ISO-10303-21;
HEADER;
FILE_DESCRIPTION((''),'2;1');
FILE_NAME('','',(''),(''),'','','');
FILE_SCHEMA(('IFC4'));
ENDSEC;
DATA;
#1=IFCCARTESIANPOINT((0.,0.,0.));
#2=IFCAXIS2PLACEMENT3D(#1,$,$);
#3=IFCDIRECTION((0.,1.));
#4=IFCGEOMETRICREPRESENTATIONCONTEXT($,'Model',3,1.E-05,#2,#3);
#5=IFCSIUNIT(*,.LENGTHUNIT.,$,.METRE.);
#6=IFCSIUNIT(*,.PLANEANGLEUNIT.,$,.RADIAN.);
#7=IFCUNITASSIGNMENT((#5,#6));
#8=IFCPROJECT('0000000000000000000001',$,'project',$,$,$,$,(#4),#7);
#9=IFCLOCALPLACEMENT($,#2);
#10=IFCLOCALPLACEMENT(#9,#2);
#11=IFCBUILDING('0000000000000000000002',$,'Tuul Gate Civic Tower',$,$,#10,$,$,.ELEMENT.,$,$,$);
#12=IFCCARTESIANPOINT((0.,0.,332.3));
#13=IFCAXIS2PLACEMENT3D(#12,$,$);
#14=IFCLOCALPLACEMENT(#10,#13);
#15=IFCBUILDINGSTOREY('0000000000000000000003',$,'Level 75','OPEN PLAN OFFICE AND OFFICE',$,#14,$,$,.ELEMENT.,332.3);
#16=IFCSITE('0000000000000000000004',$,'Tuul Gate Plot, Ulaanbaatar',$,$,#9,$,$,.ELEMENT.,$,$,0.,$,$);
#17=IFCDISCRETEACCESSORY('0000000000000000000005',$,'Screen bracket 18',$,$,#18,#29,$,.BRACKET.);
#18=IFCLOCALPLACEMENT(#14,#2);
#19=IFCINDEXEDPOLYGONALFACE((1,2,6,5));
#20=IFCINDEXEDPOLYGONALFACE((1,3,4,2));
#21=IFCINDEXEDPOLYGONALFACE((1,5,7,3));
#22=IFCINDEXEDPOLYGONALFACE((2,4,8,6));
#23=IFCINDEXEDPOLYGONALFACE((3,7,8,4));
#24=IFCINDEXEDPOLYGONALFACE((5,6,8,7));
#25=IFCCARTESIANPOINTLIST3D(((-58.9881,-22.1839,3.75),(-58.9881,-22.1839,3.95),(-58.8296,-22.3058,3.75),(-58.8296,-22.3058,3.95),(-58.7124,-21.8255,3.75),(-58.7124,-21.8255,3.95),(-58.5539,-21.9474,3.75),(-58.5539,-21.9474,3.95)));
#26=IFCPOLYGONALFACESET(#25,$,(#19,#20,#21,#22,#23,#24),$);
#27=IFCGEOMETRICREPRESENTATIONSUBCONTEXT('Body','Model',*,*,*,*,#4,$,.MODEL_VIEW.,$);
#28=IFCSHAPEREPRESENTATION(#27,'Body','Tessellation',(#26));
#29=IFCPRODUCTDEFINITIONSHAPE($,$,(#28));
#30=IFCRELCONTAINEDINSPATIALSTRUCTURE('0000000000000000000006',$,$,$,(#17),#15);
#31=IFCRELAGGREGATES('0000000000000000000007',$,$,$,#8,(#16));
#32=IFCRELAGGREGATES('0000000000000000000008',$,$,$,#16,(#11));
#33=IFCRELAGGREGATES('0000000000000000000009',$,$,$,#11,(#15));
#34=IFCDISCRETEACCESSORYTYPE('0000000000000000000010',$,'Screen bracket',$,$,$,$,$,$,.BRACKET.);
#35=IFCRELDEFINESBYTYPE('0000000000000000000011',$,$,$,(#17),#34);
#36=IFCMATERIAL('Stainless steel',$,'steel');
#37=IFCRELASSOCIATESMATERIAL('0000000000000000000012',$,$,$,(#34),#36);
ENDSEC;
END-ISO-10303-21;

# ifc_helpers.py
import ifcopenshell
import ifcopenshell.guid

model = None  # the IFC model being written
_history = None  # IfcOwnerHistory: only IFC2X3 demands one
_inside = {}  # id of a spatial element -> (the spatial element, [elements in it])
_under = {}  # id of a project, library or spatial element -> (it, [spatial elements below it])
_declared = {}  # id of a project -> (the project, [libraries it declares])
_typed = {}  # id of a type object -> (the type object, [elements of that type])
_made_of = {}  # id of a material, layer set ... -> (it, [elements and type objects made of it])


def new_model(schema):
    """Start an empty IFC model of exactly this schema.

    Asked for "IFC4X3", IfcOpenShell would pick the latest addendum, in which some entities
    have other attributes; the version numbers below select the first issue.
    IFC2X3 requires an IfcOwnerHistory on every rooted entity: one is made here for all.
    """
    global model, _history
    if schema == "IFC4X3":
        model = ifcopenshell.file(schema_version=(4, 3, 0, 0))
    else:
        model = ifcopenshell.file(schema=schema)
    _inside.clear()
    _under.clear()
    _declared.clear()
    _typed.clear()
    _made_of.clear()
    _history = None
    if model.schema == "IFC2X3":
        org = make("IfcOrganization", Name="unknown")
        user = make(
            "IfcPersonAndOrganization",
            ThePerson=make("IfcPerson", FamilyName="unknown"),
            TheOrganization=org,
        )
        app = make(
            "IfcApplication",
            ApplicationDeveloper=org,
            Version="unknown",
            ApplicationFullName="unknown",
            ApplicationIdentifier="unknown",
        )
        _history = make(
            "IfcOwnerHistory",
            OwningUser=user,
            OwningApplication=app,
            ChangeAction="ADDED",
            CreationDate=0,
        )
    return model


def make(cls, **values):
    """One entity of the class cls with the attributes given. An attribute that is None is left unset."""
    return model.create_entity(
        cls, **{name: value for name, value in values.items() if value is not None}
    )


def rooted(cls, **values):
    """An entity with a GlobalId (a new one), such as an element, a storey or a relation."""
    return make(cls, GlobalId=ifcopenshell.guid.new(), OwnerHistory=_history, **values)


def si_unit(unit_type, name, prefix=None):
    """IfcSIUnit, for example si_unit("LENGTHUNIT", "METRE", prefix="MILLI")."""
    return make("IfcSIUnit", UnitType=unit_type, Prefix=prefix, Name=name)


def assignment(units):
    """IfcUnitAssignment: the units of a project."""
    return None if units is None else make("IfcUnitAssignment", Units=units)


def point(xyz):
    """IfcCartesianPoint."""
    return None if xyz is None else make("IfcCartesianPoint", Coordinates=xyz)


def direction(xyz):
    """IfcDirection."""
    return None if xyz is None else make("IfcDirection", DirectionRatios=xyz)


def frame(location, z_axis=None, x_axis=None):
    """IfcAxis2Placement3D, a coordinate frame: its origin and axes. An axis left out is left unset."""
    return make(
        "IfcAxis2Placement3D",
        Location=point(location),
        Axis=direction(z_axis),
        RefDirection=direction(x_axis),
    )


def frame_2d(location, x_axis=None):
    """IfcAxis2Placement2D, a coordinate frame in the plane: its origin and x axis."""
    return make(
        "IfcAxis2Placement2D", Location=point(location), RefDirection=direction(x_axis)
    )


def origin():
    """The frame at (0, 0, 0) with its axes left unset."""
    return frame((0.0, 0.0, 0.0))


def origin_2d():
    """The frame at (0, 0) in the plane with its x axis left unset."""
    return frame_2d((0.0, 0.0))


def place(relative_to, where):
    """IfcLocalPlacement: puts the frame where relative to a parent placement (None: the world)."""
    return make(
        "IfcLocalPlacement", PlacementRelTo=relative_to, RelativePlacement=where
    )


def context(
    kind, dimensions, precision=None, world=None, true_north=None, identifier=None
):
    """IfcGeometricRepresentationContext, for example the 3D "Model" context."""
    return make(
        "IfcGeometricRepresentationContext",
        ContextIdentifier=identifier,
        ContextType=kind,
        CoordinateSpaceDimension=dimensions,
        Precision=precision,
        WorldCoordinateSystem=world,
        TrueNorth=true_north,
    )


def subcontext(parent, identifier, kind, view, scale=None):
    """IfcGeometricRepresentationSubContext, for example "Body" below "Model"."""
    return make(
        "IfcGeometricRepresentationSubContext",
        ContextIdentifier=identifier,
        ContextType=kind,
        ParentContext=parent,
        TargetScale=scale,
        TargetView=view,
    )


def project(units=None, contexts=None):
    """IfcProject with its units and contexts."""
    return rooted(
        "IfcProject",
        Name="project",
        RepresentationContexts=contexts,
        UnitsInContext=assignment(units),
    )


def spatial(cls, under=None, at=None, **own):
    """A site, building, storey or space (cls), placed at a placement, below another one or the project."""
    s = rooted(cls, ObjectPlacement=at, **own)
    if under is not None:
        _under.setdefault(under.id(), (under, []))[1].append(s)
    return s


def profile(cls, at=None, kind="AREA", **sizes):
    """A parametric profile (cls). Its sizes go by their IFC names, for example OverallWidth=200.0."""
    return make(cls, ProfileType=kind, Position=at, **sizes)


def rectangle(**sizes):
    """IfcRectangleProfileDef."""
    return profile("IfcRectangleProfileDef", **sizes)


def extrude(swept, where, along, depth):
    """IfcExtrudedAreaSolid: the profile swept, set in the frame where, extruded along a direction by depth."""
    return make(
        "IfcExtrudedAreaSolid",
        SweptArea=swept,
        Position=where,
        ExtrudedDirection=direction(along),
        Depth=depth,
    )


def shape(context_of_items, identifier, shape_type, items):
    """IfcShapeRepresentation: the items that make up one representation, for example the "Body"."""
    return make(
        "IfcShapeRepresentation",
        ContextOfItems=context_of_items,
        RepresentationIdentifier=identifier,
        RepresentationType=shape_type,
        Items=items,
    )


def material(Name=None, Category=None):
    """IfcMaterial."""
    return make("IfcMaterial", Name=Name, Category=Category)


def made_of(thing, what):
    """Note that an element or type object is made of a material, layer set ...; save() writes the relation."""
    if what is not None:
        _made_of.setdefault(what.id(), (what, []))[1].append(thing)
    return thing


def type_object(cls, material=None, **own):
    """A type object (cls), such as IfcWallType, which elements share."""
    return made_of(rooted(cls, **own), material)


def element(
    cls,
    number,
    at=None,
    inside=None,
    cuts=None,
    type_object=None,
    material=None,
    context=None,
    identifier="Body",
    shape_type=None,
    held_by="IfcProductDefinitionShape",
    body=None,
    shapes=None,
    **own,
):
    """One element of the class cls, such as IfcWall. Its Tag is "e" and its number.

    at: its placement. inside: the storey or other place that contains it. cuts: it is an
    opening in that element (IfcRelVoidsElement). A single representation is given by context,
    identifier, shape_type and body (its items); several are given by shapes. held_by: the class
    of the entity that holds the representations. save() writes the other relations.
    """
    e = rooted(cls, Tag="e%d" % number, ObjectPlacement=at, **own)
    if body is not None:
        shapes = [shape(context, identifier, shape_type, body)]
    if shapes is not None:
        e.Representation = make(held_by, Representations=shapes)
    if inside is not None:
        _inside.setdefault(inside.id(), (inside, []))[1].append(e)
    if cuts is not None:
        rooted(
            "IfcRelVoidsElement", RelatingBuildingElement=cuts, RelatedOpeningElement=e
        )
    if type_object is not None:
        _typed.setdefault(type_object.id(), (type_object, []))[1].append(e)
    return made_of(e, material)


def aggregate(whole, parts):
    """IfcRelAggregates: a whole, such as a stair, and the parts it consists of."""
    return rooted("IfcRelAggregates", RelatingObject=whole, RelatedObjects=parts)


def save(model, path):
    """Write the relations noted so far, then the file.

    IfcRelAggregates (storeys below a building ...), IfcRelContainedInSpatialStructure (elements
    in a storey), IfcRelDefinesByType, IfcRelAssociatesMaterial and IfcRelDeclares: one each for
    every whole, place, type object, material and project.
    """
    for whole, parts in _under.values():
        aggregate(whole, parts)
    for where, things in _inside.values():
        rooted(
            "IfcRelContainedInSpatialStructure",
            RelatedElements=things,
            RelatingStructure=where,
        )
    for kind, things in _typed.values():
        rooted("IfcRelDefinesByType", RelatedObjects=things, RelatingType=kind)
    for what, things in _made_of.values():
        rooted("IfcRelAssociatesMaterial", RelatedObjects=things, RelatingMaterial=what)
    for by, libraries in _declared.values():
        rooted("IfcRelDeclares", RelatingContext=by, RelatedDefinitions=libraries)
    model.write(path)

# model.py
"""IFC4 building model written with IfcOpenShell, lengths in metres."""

from ifc_helpers import new_model, si_unit, direction, frame, origin, origin_2d, place, context, subcontext, project, spatial, rectangle, extrude, material, type_object, element, save


model = new_model("IFC4")

# Units and contexts
model_context = context("Model", 3, precision=1e-05, world=origin(), true_north=direction((0.0, 1.0)))
body_context = subcontext(model_context, "Body", "Model", "MODEL_VIEW")
ifc_project = project(units=[si_unit("LENGTHUNIT", "METRE"), si_unit("PLANEANGLEUNIT", "RADIAN")], contexts=[model_context])

# Site, building, storey
site_placement = place(None, origin())
site = spatial("IfcSite", under=ifc_project, at=site_placement, Name="Tuul Gate Plot, Ulaanbaatar", CompositionType="ELEMENT", RefElevation=0.0)
building_placement = place(site_placement, origin())
building = spatial("IfcBuilding", under=site, at=building_placement, Name="Tuul Gate Civic Tower", CompositionType="ELEMENT")
storey_placement = place(building_placement, frame((0.0, 0.0, 332.3)))
storey = spatial("IfcBuildingStorey", under=building, at=storey_placement, Name="Level 75", Description="OPEN PLAN OFFICE AND OFFICE", CompositionType="ELEMENT", Elevation=332.3)

# Discrete accessory
ifc_material_1 = material(Name="Stainless steel", Category="steel")
discrete_accessory_type = type_object("IfcDiscreteAccessoryType", Name="Screen bracket", PredefinedType="BRACKET", material=ifc_material_1)
discrete_accessory_placement = place(storey_placement, frame((-58.771, -22.0657, 3.75), z_axis=(0.0, 0.0, 1.0), x_axis=(-0.609611, -0.792701, 0.0)))
element("IfcDiscreteAccessory", 1, at=discrete_accessory_placement, inside=storey, type_object=discrete_accessory_type, Name="Screen bracket 18", PredefinedType="BRACKET", context=body_context, shape_type="SweptSolid", body=[
    extrude(rectangle(XDim=0.4521, YDim=0.2, at=origin_2d()), origin(), (0.0, 0.0, 1.0), 0.2),
])

save(model, "model.ifc")
